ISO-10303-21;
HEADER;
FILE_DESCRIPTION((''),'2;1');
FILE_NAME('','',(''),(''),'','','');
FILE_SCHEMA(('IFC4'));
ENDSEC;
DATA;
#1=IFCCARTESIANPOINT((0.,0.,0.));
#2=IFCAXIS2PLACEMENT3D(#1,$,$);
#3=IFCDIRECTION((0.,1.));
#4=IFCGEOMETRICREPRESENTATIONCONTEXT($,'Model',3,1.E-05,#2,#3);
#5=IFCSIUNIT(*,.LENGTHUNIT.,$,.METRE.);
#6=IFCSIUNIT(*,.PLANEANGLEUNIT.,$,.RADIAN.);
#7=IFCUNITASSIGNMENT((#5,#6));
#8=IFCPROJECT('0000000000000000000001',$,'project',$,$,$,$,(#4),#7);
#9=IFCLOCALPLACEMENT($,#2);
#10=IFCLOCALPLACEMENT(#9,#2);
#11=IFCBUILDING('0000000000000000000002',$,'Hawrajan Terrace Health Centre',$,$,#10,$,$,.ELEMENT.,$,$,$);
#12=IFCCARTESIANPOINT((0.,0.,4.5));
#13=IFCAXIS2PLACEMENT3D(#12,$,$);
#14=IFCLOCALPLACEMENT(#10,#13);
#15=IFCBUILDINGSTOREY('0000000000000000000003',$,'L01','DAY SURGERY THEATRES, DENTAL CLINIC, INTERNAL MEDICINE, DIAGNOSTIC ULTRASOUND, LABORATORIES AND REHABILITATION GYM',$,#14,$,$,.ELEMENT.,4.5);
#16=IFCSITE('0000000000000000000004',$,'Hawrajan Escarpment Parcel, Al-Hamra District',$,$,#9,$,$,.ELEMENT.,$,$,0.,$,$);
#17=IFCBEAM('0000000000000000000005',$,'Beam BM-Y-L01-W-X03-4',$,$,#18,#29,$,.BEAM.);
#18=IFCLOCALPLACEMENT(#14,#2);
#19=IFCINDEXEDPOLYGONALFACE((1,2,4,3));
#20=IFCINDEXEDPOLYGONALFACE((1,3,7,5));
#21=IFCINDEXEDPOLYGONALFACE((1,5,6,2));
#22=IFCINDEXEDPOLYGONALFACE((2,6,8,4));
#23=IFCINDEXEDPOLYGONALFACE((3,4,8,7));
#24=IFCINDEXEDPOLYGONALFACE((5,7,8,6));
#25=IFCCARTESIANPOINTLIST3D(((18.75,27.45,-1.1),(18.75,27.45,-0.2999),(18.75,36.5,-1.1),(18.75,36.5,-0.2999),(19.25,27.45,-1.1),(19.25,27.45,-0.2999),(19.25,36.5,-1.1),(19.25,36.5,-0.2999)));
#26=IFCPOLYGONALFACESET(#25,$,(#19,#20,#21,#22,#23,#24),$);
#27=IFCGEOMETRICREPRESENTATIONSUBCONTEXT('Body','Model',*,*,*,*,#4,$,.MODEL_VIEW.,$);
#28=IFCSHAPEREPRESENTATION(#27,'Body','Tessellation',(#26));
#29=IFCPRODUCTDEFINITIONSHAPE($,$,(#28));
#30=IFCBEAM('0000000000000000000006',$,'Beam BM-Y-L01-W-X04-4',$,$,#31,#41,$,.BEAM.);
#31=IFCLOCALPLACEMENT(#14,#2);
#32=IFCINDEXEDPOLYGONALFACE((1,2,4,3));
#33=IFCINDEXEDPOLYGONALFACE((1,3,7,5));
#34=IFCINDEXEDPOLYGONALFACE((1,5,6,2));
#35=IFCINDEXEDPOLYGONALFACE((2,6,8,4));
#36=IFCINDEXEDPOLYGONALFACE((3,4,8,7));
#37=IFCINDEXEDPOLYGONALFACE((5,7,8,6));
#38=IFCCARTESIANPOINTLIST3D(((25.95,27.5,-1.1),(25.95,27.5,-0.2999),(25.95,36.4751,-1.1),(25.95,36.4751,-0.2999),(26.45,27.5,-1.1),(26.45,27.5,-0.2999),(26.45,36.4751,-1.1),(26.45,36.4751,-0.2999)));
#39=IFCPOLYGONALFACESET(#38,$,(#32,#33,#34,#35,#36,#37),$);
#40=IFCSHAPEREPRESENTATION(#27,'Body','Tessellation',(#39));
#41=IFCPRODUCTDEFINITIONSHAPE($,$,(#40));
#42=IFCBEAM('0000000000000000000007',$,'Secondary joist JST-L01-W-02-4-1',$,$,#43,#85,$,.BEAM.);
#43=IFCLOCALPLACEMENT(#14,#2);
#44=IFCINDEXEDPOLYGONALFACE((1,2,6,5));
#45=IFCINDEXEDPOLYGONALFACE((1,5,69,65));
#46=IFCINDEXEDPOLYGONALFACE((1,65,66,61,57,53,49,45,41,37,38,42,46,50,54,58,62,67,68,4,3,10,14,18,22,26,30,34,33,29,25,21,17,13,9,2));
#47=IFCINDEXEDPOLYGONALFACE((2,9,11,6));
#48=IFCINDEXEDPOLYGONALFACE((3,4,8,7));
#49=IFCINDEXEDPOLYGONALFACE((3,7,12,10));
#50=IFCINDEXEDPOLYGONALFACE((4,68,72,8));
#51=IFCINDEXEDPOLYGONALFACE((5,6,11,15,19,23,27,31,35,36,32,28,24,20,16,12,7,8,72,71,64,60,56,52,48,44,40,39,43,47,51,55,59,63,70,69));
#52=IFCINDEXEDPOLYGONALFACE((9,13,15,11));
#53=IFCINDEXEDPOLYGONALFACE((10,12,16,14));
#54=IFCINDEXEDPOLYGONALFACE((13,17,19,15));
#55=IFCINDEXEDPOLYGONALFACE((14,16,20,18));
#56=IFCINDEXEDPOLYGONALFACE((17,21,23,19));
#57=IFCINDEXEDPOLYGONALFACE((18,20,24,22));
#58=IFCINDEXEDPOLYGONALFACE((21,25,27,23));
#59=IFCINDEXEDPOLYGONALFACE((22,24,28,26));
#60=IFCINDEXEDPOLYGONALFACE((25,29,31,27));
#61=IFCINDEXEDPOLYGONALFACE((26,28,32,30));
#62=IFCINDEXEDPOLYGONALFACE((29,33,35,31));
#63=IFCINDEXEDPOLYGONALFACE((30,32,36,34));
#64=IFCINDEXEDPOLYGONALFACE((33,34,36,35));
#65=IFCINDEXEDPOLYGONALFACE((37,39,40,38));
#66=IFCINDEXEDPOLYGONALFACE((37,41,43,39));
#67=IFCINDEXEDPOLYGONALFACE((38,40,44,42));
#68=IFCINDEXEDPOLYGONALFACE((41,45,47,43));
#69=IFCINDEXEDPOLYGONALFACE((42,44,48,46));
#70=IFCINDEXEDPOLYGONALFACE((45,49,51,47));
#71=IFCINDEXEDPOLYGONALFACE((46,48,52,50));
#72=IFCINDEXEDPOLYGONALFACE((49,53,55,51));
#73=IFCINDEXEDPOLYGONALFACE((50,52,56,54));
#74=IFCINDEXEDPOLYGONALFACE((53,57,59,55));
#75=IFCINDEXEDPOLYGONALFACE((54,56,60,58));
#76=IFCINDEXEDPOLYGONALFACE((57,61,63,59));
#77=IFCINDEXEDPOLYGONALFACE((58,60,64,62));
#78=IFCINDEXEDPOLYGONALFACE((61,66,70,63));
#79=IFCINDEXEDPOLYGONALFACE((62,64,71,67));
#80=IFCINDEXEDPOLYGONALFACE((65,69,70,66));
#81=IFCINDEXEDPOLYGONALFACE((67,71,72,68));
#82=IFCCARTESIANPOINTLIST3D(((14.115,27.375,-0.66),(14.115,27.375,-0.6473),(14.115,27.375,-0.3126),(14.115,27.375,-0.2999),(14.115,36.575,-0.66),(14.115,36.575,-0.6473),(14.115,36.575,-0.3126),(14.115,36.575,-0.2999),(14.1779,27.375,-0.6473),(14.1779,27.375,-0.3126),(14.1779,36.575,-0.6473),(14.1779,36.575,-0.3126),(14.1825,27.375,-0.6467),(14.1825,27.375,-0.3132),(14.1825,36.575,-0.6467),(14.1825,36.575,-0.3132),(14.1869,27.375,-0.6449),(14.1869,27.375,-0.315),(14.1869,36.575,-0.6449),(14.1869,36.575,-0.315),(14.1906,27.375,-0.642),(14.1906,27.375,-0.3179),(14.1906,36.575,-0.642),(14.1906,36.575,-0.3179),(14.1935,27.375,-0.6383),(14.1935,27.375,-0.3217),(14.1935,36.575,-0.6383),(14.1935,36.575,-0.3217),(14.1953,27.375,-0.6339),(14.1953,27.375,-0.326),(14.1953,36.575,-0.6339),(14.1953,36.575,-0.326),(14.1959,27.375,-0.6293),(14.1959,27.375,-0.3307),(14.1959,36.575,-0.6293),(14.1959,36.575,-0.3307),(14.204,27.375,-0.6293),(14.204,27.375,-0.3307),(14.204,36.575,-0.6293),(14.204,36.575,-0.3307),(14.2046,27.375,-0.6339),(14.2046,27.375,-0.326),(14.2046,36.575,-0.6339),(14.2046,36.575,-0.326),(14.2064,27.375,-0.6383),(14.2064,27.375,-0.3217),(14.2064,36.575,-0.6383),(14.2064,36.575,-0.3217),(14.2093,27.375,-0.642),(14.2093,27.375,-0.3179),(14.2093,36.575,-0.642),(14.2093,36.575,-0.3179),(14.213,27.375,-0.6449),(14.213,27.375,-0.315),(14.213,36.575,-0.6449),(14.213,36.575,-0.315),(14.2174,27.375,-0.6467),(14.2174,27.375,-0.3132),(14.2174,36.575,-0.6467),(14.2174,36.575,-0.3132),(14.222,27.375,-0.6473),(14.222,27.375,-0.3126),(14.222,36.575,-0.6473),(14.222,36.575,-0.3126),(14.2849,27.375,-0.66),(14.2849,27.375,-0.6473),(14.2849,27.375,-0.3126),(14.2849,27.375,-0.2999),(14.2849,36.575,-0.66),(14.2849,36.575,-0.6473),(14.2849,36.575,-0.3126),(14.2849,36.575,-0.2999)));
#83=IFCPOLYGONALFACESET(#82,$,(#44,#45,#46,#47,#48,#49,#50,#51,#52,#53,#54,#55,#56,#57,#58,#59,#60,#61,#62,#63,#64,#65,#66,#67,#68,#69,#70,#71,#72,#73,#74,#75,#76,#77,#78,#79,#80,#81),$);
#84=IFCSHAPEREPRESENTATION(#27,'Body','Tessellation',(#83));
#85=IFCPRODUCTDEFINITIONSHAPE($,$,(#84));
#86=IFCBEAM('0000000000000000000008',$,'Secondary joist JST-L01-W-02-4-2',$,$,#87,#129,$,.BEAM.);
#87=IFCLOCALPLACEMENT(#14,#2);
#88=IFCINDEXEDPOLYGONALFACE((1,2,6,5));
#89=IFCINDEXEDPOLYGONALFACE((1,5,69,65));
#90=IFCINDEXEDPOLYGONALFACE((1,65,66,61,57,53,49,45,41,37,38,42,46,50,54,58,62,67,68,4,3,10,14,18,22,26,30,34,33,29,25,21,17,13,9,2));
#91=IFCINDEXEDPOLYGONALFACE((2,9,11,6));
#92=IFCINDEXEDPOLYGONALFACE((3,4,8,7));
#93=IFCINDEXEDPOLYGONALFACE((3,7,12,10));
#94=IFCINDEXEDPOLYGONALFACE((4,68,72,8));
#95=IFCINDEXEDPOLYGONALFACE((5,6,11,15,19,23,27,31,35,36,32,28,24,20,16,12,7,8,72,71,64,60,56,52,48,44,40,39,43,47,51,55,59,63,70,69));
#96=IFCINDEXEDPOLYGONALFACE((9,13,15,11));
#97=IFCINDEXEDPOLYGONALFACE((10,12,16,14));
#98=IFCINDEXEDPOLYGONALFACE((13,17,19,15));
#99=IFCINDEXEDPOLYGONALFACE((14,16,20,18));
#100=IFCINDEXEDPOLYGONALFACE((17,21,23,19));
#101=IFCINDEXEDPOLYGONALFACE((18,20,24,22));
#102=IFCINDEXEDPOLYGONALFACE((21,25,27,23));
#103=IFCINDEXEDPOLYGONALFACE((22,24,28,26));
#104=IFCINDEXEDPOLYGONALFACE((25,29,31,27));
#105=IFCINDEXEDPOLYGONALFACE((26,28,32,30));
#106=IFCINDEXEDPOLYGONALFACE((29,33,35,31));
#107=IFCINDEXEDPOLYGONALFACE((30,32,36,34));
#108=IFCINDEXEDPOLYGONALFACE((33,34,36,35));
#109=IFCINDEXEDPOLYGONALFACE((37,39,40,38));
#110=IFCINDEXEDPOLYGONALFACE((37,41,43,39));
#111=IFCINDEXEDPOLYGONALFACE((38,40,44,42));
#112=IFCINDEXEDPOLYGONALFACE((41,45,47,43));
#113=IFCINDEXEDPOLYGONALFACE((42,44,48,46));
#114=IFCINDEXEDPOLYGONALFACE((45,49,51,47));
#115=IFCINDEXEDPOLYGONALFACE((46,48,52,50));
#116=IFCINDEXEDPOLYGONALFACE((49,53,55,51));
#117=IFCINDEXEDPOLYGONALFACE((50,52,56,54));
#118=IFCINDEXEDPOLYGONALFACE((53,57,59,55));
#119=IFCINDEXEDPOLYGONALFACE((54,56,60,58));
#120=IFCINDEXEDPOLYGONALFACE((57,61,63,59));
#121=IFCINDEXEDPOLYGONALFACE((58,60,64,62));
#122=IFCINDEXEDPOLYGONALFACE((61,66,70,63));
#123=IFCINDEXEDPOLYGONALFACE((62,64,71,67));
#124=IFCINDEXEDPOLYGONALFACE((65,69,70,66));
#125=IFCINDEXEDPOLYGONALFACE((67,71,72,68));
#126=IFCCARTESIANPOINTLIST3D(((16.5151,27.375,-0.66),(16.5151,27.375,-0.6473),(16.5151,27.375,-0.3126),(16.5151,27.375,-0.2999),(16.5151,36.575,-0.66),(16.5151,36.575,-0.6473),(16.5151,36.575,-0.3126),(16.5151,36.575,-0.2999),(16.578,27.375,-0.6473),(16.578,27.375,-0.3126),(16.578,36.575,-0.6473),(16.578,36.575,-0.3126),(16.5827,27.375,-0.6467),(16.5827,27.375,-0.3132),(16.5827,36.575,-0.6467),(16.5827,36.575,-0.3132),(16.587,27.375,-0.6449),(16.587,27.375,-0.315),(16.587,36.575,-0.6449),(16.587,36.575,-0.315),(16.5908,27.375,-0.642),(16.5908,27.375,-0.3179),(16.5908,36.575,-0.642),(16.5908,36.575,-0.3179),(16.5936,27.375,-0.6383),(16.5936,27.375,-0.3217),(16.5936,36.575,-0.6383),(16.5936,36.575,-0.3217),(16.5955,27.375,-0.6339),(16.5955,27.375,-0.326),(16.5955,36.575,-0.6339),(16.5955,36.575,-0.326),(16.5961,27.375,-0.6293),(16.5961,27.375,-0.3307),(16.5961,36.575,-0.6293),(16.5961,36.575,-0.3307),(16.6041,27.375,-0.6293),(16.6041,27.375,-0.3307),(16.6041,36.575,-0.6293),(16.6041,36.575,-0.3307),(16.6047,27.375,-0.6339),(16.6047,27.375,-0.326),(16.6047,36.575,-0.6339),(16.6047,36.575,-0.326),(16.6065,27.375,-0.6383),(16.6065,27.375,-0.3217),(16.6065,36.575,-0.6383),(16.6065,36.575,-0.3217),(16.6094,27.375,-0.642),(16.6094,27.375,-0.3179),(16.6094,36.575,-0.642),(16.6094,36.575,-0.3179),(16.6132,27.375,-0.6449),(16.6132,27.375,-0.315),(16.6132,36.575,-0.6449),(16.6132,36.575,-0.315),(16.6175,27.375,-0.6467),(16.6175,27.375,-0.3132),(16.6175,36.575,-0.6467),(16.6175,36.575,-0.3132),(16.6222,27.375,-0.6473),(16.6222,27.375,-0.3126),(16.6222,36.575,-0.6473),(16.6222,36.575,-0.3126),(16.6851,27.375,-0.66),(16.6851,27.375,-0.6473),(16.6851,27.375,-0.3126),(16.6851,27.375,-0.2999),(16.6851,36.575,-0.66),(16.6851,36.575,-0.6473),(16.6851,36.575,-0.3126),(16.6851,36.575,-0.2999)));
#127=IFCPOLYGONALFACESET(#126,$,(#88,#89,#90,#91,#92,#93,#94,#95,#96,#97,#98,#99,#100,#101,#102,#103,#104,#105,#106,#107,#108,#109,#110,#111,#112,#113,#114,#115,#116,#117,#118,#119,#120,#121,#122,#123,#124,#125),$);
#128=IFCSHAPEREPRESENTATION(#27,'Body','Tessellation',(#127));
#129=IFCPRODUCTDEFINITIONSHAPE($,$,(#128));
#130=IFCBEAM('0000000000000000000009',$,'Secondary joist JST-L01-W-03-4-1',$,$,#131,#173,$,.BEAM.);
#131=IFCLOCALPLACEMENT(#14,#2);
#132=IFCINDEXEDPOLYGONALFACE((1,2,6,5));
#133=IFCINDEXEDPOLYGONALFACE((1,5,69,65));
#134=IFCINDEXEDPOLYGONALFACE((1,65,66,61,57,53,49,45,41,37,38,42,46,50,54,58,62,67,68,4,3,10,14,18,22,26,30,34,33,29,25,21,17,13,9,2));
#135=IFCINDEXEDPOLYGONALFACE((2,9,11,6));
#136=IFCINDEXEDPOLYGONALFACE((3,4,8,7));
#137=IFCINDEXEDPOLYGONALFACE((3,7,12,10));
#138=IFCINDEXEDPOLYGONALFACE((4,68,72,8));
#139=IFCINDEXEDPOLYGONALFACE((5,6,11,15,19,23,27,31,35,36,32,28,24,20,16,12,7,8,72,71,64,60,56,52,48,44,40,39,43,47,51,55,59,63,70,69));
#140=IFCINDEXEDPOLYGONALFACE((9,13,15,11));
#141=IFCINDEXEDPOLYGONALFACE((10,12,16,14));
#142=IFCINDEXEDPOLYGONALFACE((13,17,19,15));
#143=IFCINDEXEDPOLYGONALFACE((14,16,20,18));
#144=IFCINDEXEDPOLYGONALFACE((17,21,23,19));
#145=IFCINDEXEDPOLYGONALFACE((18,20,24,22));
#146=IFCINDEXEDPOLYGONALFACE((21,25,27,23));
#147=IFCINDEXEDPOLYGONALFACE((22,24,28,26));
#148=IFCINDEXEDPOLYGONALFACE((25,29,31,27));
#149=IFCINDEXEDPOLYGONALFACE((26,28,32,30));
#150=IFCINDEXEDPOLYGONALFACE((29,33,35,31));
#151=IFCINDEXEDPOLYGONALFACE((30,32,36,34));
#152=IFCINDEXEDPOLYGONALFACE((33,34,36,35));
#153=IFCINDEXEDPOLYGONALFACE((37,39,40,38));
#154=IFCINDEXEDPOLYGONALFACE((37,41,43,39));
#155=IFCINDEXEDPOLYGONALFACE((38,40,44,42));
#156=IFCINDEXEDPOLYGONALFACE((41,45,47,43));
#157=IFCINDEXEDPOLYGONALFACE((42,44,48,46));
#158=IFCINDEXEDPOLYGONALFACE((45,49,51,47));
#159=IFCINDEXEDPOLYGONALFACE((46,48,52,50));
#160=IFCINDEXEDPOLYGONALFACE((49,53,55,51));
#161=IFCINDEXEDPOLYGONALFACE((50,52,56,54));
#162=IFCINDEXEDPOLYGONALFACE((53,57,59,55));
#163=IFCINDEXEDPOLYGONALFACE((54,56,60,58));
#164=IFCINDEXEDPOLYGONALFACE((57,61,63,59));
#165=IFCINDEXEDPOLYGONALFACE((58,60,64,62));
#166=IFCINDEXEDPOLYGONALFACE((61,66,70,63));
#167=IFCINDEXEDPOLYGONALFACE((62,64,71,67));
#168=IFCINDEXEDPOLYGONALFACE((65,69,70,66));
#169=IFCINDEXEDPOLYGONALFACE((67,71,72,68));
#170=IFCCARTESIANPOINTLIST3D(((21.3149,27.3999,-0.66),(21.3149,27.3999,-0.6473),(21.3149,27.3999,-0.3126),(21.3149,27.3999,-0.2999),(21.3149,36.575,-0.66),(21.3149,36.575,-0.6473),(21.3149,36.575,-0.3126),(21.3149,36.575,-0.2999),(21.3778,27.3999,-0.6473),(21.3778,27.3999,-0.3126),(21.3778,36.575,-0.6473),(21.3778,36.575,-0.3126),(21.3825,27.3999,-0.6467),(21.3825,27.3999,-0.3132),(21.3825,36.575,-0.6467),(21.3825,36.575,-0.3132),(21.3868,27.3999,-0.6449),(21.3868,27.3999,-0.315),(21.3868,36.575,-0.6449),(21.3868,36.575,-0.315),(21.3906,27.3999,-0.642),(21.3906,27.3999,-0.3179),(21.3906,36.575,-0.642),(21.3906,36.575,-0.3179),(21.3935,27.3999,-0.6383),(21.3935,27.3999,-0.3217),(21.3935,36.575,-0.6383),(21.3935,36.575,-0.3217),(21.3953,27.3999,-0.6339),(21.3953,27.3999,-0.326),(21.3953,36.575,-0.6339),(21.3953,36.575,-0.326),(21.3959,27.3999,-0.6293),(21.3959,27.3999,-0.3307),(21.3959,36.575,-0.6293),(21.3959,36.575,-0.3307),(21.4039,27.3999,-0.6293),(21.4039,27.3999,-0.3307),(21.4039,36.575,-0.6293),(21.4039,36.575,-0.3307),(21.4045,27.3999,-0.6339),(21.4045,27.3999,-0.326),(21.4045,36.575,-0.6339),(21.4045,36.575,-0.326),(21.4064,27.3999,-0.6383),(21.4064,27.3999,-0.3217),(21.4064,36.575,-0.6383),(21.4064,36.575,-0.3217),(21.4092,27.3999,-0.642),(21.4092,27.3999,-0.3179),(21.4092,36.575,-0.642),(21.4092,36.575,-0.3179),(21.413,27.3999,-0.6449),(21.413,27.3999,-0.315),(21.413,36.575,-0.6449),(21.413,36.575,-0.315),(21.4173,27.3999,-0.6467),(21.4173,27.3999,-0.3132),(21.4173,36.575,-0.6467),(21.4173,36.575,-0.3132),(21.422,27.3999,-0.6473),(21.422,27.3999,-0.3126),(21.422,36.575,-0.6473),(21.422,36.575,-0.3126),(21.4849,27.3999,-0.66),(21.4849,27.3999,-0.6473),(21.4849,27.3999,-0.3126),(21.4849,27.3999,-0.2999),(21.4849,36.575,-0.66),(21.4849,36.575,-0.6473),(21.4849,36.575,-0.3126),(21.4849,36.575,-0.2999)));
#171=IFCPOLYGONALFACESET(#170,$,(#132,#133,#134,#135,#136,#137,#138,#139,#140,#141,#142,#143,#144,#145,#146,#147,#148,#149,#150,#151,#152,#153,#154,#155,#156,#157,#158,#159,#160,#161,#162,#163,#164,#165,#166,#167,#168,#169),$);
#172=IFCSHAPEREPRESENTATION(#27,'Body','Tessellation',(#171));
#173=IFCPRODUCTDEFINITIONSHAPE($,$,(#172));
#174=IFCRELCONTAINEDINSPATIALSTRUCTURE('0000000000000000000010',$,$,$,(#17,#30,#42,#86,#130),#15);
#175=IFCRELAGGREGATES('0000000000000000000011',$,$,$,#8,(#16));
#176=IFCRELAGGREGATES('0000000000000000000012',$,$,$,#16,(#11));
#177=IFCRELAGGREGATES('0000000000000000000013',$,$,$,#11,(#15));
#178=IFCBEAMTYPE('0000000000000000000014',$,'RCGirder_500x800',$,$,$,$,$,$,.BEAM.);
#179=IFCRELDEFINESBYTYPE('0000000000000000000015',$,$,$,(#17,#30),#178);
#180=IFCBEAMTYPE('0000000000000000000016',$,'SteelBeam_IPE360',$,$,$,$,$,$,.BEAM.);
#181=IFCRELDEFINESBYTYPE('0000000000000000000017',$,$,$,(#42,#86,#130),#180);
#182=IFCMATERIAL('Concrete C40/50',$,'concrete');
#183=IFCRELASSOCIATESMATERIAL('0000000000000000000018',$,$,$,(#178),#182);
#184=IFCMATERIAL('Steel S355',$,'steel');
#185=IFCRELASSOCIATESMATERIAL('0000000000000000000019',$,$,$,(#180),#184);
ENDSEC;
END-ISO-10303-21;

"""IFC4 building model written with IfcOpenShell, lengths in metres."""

from ifc_helpers import new_model, si_unit, direction, frame, origin, origin_2d, place, context, subcontext, project, spatial, rectangle, i_section, extrude, material, material_profile, profile_set, type_object, element, save


model = new_model("IFC4")

# Units and contexts
model_context = context("Model", 3, precision=1e-05, world=origin(), true_north=direction((0.0, 1.0)))
body_context = subcontext(model_context, "Body", "Model", "MODEL_VIEW")
ifc_project = project(units=[si_unit("LENGTHUNIT", "METRE"), si_unit("PLANEANGLEUNIT", "RADIAN")], contexts=[model_context])

# Site, building, storey
site_placement = place(None, origin())
site = spatial("IfcSite", under=ifc_project, at=site_placement, Name="Hawrajan Escarpment Parcel, Al-Hamra District", CompositionType="ELEMENT", RefElevation=0.0)
building_placement = place(site_placement, origin())
building = spatial("IfcBuilding", under=site, at=building_placement, Name="Hawrajan Terrace Health Centre", CompositionType="ELEMENT")
storey_placement = place(building_placement, frame((0.0, 0.0, 4.5)))
storey = spatial("IfcBuildingStorey", under=building, at=storey_placement, Name="L01", Description="DAY SURGERY THEATRES, DENTAL CLINIC, INTERNAL MEDICINE, DIAGNOSTIC ULTRASOUND, LABORATORIES AND REHABILITATION GYM", CompositionType="ELEMENT", Elevation=4.5)

# Beams
ifc_material_1 = material(Name="Concrete C40/50", Category="concrete")
ifc_material_profile_1 = material_profile(ifc_material_1, rectangle(XDim=0.5, YDim=0.8, at=origin_2d()), Name="RC BM 500x800")
ifc_profile_set_1 = profile_set([ifc_material_profile_1], Name="Concrete C40/50")
beam_type_1 = type_object("IfcBeamType", Name="RCGirder_500x800", PredefinedType="BEAM", material=ifc_profile_set_1)
beam_1_placement = place(storey_placement, frame((19.0, 27.45, -0.7), z_axis=(0.0, 1.0, 0.0), x_axis=(-1.0, 0.0, 0.0)))
element("IfcBeam", 1, at=beam_1_placement, inside=storey, type_object=beam_type_1, Name="Beam BM-Y-L01-W-X03-4", PredefinedType="BEAM", context=body_context, shape_type="SweptSolid", body=[
    extrude(rectangle(XDim=0.5, YDim=0.8, at=origin_2d()), origin(), (0.0, 0.0, 1.0), 9.05),
])
beam_2_placement = place(storey_placement, frame((26.2, 27.5, -0.7), z_axis=(0.0, 1.0, 0.0), x_axis=(-1.0, 0.0, 0.0)))
element("IfcBeam", 2, at=beam_2_placement, inside=storey, type_object=beam_type_1, Name="Beam BM-Y-L01-W-X04-4", PredefinedType="BEAM", context=body_context, shape_type="SweptSolid", body=[
    extrude(rectangle(XDim=0.5, YDim=0.8, at=origin_2d()), origin(), (0.0, 0.0, 1.0), 8.9751),
])
ifc_material_2 = material(Name="Steel S355", Category="steel")
ifc_material_profile_2 = material_profile(ifc_material_2, i_section(OverallWidth=0.1699, OverallDepth=0.3601, WebThickness=0.0081, FlangeThickness=0.0127, FilletRadius=0.0181, at=origin_2d()), Name="IPE 360")
ifc_profile_set_2 = profile_set([ifc_material_profile_2], Name="Steel S355")
beam_type_2 = type_object("IfcBeamType", Name="SteelBeam_IPE360", PredefinedType="BEAM", material=ifc_profile_set_2)
for number, where, z_axis, x_axis, name in (
    (3, (14.2, 27.375, -0.48), (0.0, 1.0, 0.0), (-1.0, 0.0, 0.0), "Secondary joist JST-L01-W-02-4-1"),
    (4, (16.6001, 27.375, -0.48), (0.0, 1.0, 0.0), (-1.0, 0.0, 0.0), "Secondary joist JST-L01-W-02-4-2"),
):
    element("IfcBeam", number, at=place(storey_placement, frame(where, z_axis=z_axis, x_axis=x_axis)), inside=storey, type_object=beam_type_2, Name=name, PredefinedType="BEAM", context=body_context, shape_type="SweptSolid", body=[
        extrude(i_section(OverallWidth=0.1699, OverallDepth=0.3601, WebThickness=0.0081, FlangeThickness=0.0127, FilletRadius=0.0181, at=origin_2d()), origin(), (0.0, 0.0, 1.0), 9.2),
    ])
for number, where, z_axis, x_axis, name in (
    (5, (21.3999, 27.3999, -0.48), (0.0, 1.0, 0.0), (-1.0, 0.0, 0.0), "Secondary joist JST-L01-W-03-4-1"),
):
    element("IfcBeam", number, at=place(storey_placement, frame(where, z_axis=z_axis, x_axis=x_axis)), inside=storey, type_object=beam_type_2, Name=name, PredefinedType="BEAM", context=body_context, shape_type="SweptSolid", body=[
        extrude(i_section(OverallWidth=0.1699, OverallDepth=0.3601, WebThickness=0.0081, FlangeThickness=0.0127, FilletRadius=0.0181, at=origin_2d()), origin(), (0.0, 0.0, 1.0), 9.175),
    ])

save(model, "model.ifc")
